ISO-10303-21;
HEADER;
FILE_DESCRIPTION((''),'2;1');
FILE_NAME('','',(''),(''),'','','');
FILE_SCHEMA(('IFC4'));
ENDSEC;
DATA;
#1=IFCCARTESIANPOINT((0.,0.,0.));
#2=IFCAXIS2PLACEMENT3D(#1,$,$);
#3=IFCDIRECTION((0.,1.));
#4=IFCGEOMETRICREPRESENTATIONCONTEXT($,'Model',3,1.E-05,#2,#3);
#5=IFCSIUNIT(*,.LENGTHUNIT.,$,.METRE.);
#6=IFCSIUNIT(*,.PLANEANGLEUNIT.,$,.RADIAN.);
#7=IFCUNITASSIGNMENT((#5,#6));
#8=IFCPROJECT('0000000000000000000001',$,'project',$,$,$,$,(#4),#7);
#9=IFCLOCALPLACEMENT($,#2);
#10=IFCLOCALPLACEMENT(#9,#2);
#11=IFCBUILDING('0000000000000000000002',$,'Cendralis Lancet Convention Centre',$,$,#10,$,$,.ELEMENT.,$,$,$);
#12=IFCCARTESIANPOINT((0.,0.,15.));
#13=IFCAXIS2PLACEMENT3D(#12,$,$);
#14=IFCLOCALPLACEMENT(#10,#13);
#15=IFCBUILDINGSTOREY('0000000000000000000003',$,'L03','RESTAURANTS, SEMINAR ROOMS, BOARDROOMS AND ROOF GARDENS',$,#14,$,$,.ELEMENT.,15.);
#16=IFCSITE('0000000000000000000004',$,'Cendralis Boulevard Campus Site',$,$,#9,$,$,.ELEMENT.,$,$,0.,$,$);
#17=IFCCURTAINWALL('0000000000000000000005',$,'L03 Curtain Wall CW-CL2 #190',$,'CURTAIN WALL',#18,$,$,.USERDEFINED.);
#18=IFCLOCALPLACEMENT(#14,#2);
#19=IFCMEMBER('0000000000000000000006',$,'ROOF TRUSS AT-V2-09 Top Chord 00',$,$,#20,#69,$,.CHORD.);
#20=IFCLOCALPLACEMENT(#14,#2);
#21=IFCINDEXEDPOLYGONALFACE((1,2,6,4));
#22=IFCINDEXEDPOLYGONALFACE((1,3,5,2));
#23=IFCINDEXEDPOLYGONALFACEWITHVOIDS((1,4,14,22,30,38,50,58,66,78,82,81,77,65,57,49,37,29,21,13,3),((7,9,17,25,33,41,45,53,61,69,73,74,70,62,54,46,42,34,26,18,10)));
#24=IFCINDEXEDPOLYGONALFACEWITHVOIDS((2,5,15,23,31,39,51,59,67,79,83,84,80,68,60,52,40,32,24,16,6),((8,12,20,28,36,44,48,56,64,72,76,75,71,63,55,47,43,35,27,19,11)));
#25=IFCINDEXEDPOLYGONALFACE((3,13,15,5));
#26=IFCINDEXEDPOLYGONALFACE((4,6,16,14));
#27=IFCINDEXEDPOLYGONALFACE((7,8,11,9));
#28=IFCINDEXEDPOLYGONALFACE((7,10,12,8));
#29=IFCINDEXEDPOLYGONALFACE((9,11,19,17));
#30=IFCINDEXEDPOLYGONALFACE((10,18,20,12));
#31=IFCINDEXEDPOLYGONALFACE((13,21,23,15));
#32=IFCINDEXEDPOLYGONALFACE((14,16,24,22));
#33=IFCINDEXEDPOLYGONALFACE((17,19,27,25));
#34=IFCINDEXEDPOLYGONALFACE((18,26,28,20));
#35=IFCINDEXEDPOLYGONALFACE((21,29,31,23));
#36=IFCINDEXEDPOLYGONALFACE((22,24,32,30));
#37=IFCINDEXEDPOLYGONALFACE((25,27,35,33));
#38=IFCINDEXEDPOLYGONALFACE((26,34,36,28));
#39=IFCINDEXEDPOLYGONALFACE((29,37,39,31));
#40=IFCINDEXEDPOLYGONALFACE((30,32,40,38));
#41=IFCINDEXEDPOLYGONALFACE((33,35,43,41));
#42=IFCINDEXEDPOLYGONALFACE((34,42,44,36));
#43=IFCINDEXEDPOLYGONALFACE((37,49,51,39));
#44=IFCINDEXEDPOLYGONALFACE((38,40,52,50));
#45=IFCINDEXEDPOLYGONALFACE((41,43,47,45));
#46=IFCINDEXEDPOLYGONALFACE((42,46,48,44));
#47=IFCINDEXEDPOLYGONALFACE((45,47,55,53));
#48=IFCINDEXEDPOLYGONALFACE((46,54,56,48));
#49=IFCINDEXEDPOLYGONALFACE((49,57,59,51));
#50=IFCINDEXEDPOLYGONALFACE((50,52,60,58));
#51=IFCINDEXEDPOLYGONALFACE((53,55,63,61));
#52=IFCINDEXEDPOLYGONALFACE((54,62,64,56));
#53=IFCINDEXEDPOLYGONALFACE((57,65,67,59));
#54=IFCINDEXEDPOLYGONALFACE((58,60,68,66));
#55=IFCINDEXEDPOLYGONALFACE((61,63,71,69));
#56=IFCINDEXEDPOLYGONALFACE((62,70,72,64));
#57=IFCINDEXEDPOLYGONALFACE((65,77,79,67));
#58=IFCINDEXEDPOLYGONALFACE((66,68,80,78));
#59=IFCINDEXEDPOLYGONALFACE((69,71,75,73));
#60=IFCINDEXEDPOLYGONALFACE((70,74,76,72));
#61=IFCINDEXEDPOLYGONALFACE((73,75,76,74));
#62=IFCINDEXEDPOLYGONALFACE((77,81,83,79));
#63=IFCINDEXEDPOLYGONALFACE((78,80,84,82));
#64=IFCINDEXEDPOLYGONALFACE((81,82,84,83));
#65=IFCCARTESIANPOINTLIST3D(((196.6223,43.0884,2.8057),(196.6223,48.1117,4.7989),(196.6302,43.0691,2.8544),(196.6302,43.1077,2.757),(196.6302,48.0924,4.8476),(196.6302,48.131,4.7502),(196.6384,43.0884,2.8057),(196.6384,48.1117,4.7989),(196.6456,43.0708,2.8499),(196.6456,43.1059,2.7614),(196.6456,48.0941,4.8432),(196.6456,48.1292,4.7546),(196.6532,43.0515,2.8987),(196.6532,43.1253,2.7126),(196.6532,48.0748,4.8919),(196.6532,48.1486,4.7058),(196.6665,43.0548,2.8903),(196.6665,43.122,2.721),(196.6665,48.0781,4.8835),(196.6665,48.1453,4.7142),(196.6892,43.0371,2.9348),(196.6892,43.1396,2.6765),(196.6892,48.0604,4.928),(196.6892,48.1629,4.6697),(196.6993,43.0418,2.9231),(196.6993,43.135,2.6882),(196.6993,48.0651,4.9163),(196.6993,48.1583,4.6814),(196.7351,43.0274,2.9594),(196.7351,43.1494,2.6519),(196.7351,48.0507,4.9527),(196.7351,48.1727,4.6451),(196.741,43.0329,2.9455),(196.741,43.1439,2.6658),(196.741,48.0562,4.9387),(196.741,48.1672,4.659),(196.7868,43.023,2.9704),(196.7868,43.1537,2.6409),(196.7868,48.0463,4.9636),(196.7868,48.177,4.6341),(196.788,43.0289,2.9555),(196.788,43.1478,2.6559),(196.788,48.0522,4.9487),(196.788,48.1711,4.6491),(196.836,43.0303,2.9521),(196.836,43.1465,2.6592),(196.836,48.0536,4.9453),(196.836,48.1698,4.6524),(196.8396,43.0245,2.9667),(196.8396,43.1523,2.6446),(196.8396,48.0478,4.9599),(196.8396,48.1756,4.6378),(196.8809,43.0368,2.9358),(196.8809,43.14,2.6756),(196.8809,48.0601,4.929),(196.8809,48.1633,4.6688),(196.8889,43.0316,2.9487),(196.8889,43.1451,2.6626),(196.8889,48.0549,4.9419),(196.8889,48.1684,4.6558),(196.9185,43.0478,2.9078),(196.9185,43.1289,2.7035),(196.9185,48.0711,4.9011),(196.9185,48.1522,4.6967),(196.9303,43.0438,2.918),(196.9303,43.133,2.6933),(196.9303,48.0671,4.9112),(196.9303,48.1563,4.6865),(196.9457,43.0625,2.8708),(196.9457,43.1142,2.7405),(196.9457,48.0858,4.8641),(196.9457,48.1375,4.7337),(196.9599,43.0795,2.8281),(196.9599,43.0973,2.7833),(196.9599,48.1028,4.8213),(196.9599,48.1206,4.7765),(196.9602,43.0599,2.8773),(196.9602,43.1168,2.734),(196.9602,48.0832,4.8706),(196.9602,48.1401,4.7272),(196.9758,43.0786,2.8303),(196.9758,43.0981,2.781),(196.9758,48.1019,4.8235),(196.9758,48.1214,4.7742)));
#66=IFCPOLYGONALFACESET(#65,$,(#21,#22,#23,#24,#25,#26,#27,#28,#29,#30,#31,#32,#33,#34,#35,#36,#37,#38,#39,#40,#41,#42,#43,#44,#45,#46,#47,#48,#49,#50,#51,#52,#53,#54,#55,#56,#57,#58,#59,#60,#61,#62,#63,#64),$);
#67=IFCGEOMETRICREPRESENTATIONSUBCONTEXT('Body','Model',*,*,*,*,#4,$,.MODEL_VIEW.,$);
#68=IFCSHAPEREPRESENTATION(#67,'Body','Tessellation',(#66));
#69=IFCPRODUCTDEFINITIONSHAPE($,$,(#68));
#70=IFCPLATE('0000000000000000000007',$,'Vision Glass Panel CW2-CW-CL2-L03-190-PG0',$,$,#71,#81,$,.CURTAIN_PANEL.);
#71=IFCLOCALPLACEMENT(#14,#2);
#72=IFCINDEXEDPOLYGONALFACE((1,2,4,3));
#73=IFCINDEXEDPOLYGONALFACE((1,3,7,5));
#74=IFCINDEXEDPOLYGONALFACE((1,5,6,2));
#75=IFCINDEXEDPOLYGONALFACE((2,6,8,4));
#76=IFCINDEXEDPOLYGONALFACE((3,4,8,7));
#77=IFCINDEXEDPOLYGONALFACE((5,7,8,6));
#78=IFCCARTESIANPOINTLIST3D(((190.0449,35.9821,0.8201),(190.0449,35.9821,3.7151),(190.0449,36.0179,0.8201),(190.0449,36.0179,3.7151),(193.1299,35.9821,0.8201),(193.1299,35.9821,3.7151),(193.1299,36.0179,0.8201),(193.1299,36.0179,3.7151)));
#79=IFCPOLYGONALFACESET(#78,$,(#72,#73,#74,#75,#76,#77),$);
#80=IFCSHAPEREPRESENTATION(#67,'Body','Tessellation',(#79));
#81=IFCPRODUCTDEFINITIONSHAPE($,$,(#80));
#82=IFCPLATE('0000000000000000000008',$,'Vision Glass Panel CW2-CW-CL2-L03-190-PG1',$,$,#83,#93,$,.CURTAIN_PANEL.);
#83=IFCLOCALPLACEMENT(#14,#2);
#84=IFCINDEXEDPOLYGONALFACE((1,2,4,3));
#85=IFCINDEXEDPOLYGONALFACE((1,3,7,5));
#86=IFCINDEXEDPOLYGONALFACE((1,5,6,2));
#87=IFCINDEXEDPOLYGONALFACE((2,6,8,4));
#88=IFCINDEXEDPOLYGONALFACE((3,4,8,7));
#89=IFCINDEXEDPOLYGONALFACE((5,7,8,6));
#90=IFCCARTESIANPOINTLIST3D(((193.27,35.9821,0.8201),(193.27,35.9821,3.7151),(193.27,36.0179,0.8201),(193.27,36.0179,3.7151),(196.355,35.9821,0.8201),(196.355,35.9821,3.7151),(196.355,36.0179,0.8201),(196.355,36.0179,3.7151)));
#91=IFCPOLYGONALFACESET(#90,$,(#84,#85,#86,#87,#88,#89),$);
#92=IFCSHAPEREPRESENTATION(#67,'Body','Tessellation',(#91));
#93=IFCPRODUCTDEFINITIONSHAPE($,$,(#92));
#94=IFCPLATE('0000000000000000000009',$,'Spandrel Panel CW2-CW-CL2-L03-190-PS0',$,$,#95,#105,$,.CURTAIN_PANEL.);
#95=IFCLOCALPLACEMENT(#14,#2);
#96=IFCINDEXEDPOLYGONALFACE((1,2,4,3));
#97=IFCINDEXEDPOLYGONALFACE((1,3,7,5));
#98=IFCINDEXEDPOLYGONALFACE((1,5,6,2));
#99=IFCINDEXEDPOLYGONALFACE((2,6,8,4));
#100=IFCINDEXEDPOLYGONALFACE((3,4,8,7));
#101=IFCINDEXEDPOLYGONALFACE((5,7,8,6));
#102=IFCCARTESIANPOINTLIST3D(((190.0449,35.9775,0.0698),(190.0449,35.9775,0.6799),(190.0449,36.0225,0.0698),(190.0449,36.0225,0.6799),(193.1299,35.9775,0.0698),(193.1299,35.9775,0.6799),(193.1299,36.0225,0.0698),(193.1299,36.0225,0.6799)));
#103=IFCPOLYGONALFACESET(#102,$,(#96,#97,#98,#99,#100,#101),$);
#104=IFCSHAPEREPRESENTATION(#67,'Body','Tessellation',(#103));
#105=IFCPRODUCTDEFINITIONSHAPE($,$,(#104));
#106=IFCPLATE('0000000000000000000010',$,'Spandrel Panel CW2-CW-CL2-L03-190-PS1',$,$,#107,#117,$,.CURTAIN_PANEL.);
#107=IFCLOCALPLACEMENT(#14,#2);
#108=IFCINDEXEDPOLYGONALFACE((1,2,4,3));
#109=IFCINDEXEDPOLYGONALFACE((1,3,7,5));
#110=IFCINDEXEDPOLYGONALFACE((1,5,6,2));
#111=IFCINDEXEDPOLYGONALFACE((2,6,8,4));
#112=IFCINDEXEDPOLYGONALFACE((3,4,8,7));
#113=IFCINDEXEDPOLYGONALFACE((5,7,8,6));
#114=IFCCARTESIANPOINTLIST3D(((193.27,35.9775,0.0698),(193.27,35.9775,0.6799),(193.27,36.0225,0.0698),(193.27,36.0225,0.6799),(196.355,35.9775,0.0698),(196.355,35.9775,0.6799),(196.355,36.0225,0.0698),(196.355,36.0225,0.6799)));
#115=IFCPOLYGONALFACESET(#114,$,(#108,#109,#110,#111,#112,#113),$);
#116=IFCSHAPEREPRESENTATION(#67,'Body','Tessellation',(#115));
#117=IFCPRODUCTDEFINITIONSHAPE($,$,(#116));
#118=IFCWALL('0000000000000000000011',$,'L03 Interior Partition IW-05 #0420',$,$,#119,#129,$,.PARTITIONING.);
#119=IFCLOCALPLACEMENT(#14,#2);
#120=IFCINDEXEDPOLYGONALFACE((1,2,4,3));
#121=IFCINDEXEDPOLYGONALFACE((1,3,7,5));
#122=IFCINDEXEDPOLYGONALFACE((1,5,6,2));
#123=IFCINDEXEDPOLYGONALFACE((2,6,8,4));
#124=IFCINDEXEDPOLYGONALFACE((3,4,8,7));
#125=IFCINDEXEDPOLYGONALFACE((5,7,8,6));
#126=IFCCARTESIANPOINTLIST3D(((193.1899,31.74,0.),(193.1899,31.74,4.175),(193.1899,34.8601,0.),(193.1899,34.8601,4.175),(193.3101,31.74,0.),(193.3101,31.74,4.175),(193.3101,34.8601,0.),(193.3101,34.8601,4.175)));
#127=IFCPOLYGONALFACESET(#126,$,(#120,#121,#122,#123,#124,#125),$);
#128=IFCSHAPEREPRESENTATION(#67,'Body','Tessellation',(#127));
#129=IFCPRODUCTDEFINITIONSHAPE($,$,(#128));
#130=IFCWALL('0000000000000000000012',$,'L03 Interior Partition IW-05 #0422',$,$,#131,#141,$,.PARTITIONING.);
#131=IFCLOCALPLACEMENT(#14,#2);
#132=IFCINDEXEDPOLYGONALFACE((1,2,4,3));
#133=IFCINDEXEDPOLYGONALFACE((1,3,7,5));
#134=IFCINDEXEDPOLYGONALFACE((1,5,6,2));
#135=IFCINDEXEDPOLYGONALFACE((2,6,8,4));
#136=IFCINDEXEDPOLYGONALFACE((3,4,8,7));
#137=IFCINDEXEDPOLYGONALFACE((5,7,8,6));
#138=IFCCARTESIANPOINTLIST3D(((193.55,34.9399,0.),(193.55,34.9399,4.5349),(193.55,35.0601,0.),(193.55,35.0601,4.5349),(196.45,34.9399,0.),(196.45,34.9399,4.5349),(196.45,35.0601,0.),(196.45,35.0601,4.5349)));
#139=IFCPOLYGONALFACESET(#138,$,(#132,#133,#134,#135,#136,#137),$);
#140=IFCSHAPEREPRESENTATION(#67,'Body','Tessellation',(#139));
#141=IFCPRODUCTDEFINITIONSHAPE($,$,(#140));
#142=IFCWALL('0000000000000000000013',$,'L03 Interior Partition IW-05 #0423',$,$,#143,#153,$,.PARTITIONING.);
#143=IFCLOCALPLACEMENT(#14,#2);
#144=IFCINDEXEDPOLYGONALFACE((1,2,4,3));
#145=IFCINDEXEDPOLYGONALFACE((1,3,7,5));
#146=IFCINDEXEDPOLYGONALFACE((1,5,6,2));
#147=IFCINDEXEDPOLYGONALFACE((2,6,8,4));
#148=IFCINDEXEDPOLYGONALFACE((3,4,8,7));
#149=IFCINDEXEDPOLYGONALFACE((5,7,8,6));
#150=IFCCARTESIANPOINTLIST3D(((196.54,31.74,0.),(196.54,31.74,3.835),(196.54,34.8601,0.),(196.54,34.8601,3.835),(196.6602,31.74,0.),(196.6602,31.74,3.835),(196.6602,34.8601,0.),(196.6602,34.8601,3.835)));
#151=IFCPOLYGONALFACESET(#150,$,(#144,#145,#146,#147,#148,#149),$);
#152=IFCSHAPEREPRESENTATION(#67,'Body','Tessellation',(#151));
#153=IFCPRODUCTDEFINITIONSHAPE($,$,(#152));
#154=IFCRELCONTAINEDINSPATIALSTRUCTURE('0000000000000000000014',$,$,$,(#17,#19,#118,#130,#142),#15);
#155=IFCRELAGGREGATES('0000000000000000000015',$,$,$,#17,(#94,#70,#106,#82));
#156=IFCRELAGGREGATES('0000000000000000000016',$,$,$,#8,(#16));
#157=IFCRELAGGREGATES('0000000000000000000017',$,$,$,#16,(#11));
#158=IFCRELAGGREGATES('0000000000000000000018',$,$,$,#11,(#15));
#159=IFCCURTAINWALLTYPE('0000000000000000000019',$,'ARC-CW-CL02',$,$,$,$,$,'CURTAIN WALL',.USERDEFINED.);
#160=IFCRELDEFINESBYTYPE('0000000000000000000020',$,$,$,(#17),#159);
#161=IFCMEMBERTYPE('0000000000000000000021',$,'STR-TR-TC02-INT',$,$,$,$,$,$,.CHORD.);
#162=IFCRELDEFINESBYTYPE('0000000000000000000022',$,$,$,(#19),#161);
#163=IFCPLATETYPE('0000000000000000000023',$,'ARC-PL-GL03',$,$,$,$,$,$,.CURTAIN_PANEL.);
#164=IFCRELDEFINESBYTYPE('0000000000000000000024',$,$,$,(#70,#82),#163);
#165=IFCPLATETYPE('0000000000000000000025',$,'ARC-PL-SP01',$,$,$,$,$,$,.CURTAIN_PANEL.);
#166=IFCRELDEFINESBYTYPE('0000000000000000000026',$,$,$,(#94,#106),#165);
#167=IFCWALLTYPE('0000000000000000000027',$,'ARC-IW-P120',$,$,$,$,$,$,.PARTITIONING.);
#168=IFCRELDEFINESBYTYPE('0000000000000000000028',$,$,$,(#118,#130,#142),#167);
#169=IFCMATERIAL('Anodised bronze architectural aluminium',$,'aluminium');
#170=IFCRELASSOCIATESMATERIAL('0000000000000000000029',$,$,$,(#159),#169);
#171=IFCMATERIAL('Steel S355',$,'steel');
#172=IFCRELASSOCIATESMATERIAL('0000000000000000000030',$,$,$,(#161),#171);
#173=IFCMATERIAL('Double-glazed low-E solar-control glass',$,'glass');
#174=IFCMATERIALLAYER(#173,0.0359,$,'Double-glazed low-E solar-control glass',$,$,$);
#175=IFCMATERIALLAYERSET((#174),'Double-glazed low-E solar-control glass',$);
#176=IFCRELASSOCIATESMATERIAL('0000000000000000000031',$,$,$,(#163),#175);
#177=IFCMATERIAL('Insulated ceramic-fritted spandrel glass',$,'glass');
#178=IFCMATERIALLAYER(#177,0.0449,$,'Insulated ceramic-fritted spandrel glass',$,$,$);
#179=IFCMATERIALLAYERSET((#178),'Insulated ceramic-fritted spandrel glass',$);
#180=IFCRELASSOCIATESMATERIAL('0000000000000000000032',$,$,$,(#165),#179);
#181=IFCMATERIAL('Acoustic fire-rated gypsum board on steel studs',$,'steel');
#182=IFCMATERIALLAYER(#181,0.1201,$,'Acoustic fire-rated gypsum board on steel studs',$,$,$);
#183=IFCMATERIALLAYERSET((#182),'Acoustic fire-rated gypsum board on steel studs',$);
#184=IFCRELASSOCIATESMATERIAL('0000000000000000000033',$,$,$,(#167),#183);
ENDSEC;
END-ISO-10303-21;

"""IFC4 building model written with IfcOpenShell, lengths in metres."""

from ifc_helpers import new_model, si_unit, direction, frame, frame_2d, origin, origin_2d, place, context, subcontext, project, spatial, rectangle, hollow_circle, extrude, material, layer, layer_set, material_profile, profile_set, type_object, element, aggregate, save


model = new_model("IFC4")

# Units and contexts
model_context = context("Model", 3, precision=1e-05, world=origin(), true_north=direction((0.0, 1.0)))
body_context = subcontext(model_context, "Body", "Model", "MODEL_VIEW")
ifc_project = project(units=[si_unit("LENGTHUNIT", "METRE"), si_unit("PLANEANGLEUNIT", "RADIAN")], contexts=[model_context])

# Site, building, storey
site_placement = place(None, origin())
site = spatial("IfcSite", under=ifc_project, at=site_placement, Name="Cendralis Boulevard Campus Site", CompositionType="ELEMENT", RefElevation=0.0)
building_placement = place(site_placement, origin())
building = spatial("IfcBuilding", under=site, at=building_placement, Name="Cendralis Lancet Convention Centre", CompositionType="ELEMENT")
storey_placement = place(building_placement, frame((0.0, 0.0, 15.0)))
storey = spatial("IfcBuildingStorey", under=building, at=storey_placement, Name="L03", Description="RESTAURANTS, SEMINAR ROOMS, BOARDROOMS AND ROOF GARDENS", CompositionType="ELEMENT", Elevation=15.0)

# Curtain wall
ifc_material_1 = material(Name="Anodised bronze architectural aluminium", Category="aluminium")
curtain_wall_type = type_object("IfcCurtainWallType", Name="ARC-CW-CL02", ElementType="CURTAIN WALL", PredefinedType="USERDEFINED", material=ifc_material_1)
curtain_wall_placement = place(storey_placement, origin())
curtain_wall = element("IfcCurtainWall", 1, at=curtain_wall_placement, inside=storey, type_object=curtain_wall_type, Name="L03 Curtain Wall CW-CL2 #190", ObjectType="CURTAIN WALL", PredefinedType="USERDEFINED")

# Member
ifc_material_2 = material(Name="Steel S355", Category="steel")
ifc_material_profile_1 = material_profile(ifc_material_2, hollow_circle(Radius=0.1777, WallThickness=0.0161, at=origin_2d()), Name="CHS 355.6x16.0")
ifc_profile_set_1 = profile_set([ifc_material_profile_1], Name="Steel S355")
member_type_1 = type_object("IfcMemberType", Name="STR-TR-TC02-INT", PredefinedType="CHORD", material=ifc_profile_set_1)
member_1_placement = place(storey_placement, frame((196.8, 43.0884, 2.8057), z_axis=(0.0, 0.929501, 0.368819), x_axis=(-1.0, 0.0, 0.0)))
element("IfcMember", 2, at=member_1_placement, inside=storey, type_object=member_type_1, Name="ROOF TRUSS AT-V2-09 Top Chord 00", PredefinedType="CHORD", context=body_context, shape_type="SweptSolid", body=[
    extrude(hollow_circle(Radius=0.1777, WallThickness=0.0161, at=origin_2d()), origin(), (0.0, 0.0, 1.0), 5.4043),
])

# Plates
ifc_material_3 = material(Name="Double-glazed low-E solar-control glass", Category="glass")
ifc_layer_1 = layer(ifc_material_3, 0.0359, Name="Double-glazed low-E solar-control glass")
ifc_layer_set_1 = layer_set([ifc_layer_1], Name="Double-glazed low-E solar-control glass")
plate_type_1 = type_object("IfcPlateType", Name="ARC-PL-GL03", PredefinedType="CURTAIN_PANEL", material=ifc_layer_set_1)
plate_1_placement = place(storey_placement, frame((191.5874, 36.0, 0.8201), z_axis=(0.0, 0.0, 1.0), x_axis=(1.0, 0.0, 0.0)))
plate_1 = element("IfcPlate", 3, at=plate_1_placement, type_object=plate_type_1, Name="Vision Glass Panel CW2-CW-CL2-L03-190-PG0", PredefinedType="CURTAIN_PANEL", context=body_context, shape_type="SweptSolid", body=[
    extrude(rectangle(XDim=3.085, YDim=0.0359, at=origin_2d()), origin(), (0.0, 0.0, 1.0), 2.895),
])
plate_2_placement = place(storey_placement, frame((194.8125, 36.0, 0.8201), z_axis=(0.0, 0.0, 1.0), x_axis=(1.0, 0.0, 0.0)))
plate_2 = element("IfcPlate", 4, at=plate_2_placement, type_object=plate_type_1, Name="Vision Glass Panel CW2-CW-CL2-L03-190-PG1", PredefinedType="CURTAIN_PANEL", context=body_context, shape_type="SweptSolid", body=[
    extrude(rectangle(XDim=3.085, YDim=0.0359, at=origin_2d()), origin(), (0.0, 0.0, 1.0), 2.895),
])
ifc_material_4 = material(Name="Insulated ceramic-fritted spandrel glass", Category="glass")
ifc_layer_2 = layer(ifc_material_4, 0.0449, Name="Insulated ceramic-fritted spandrel glass")
ifc_layer_set_2 = layer_set([ifc_layer_2], Name="Insulated ceramic-fritted spandrel glass")
plate_type_2 = type_object("IfcPlateType", Name="ARC-PL-SP01", PredefinedType="CURTAIN_PANEL", material=ifc_layer_set_2)
plate_3_placement = place(storey_placement, frame((191.5874, 36.0, 0.0698), z_axis=(0.0, 0.0, 1.0), x_axis=(1.0, 0.0, 0.0)))
plate_3 = element("IfcPlate", 5, at=plate_3_placement, type_object=plate_type_2, Name="Spandrel Panel CW2-CW-CL2-L03-190-PS0", PredefinedType="CURTAIN_PANEL", context=body_context, shape_type="SweptSolid", body=[
    extrude(rectangle(XDim=3.085, YDim=0.0449, at=origin_2d()), origin(), (0.0, 0.0, 1.0), 0.6101),
])
plate_4_placement = place(storey_placement, frame((194.8125, 36.0, 0.0698), z_axis=(0.0, 0.0, 1.0), x_axis=(1.0, 0.0, 0.0)))
plate_4 = element("IfcPlate", 6, at=plate_4_placement, type_object=plate_type_2, Name="Spandrel Panel CW2-CW-CL2-L03-190-PS1", PredefinedType="CURTAIN_PANEL", context=body_context, shape_type="SweptSolid", body=[
    extrude(rectangle(XDim=3.085, YDim=0.0449, at=origin_2d()), origin(), (0.0, 0.0, 1.0), 0.6101),
])
aggregate(curtain_wall, [plate_3, plate_1, plate_4, plate_2])

# Wall
ifc_material_5 = material(Name="Acoustic fire-rated gypsum board on steel studs", Category="steel")
ifc_layer_3 = layer(ifc_material_5, 0.1201, Name="Acoustic fire-rated gypsum board on steel studs")
ifc_layer_set_3 = layer_set([ifc_layer_3], Name="Acoustic fire-rated gypsum board on steel studs")
wall_type = type_object("IfcWallType", Name="ARC-IW-P120", PredefinedType="PARTITIONING", material=ifc_layer_set_3)
wall_1_placement = place(storey_placement, frame((193.25, 31.74, 0.0), z_axis=(0.0, 0.0, 1.0), x_axis=(0.0, 1.0, 0.0)))
element("IfcWall", 7, at=wall_1_placement, inside=storey, type_object=wall_type, Name="L03 Interior Partition IW-05 #0420", PredefinedType="PARTITIONING", context=body_context, shape_type="SweptSolid", body=[
    extrude(rectangle(XDim=3.1201, YDim=0.1201, at=frame_2d((1.5601, 0.0))), origin(), (0.0, 0.0, 1.0), 4.175),
])

# Walls
wall_2_placement = place(storey_placement, frame((193.55, 35.0, 0.0), z_axis=(0.0, 0.0, 1.0), x_axis=(1.0, 0.0, 0.0)))
element("IfcWall", 8, at=wall_2_placement, inside=storey, type_object=wall_type, Name="L03 Interior Partition IW-05 #0422", PredefinedType="PARTITIONING", context=body_context, shape_type="SweptSolid", body=[
    extrude(rectangle(XDim=2.8999, YDim=0.1201, at=frame_2d((1.45, 0.0))), origin(), (0.0, 0.0, 1.0), 4.5349),
])
wall_3_placement = place(storey_placement, frame((196.6001, 31.74, 0.0), z_axis=(0.0, 0.0, 1.0), x_axis=(0.0, 1.0, 0.0)))
element("IfcWall", 9, at=wall_3_placement, inside=storey, type_object=wall_type, Name="L03 Interior Partition IW-05 #0423", PredefinedType="PARTITIONING", context=body_context, shape_type="SweptSolid", body=[
    extrude(rectangle(XDim=3.1201, YDim=0.1201, at=frame_2d((1.5601, 0.0))), origin(), (0.0, 0.0, 1.0), 3.835),
])

save(model, "model.ifc")
